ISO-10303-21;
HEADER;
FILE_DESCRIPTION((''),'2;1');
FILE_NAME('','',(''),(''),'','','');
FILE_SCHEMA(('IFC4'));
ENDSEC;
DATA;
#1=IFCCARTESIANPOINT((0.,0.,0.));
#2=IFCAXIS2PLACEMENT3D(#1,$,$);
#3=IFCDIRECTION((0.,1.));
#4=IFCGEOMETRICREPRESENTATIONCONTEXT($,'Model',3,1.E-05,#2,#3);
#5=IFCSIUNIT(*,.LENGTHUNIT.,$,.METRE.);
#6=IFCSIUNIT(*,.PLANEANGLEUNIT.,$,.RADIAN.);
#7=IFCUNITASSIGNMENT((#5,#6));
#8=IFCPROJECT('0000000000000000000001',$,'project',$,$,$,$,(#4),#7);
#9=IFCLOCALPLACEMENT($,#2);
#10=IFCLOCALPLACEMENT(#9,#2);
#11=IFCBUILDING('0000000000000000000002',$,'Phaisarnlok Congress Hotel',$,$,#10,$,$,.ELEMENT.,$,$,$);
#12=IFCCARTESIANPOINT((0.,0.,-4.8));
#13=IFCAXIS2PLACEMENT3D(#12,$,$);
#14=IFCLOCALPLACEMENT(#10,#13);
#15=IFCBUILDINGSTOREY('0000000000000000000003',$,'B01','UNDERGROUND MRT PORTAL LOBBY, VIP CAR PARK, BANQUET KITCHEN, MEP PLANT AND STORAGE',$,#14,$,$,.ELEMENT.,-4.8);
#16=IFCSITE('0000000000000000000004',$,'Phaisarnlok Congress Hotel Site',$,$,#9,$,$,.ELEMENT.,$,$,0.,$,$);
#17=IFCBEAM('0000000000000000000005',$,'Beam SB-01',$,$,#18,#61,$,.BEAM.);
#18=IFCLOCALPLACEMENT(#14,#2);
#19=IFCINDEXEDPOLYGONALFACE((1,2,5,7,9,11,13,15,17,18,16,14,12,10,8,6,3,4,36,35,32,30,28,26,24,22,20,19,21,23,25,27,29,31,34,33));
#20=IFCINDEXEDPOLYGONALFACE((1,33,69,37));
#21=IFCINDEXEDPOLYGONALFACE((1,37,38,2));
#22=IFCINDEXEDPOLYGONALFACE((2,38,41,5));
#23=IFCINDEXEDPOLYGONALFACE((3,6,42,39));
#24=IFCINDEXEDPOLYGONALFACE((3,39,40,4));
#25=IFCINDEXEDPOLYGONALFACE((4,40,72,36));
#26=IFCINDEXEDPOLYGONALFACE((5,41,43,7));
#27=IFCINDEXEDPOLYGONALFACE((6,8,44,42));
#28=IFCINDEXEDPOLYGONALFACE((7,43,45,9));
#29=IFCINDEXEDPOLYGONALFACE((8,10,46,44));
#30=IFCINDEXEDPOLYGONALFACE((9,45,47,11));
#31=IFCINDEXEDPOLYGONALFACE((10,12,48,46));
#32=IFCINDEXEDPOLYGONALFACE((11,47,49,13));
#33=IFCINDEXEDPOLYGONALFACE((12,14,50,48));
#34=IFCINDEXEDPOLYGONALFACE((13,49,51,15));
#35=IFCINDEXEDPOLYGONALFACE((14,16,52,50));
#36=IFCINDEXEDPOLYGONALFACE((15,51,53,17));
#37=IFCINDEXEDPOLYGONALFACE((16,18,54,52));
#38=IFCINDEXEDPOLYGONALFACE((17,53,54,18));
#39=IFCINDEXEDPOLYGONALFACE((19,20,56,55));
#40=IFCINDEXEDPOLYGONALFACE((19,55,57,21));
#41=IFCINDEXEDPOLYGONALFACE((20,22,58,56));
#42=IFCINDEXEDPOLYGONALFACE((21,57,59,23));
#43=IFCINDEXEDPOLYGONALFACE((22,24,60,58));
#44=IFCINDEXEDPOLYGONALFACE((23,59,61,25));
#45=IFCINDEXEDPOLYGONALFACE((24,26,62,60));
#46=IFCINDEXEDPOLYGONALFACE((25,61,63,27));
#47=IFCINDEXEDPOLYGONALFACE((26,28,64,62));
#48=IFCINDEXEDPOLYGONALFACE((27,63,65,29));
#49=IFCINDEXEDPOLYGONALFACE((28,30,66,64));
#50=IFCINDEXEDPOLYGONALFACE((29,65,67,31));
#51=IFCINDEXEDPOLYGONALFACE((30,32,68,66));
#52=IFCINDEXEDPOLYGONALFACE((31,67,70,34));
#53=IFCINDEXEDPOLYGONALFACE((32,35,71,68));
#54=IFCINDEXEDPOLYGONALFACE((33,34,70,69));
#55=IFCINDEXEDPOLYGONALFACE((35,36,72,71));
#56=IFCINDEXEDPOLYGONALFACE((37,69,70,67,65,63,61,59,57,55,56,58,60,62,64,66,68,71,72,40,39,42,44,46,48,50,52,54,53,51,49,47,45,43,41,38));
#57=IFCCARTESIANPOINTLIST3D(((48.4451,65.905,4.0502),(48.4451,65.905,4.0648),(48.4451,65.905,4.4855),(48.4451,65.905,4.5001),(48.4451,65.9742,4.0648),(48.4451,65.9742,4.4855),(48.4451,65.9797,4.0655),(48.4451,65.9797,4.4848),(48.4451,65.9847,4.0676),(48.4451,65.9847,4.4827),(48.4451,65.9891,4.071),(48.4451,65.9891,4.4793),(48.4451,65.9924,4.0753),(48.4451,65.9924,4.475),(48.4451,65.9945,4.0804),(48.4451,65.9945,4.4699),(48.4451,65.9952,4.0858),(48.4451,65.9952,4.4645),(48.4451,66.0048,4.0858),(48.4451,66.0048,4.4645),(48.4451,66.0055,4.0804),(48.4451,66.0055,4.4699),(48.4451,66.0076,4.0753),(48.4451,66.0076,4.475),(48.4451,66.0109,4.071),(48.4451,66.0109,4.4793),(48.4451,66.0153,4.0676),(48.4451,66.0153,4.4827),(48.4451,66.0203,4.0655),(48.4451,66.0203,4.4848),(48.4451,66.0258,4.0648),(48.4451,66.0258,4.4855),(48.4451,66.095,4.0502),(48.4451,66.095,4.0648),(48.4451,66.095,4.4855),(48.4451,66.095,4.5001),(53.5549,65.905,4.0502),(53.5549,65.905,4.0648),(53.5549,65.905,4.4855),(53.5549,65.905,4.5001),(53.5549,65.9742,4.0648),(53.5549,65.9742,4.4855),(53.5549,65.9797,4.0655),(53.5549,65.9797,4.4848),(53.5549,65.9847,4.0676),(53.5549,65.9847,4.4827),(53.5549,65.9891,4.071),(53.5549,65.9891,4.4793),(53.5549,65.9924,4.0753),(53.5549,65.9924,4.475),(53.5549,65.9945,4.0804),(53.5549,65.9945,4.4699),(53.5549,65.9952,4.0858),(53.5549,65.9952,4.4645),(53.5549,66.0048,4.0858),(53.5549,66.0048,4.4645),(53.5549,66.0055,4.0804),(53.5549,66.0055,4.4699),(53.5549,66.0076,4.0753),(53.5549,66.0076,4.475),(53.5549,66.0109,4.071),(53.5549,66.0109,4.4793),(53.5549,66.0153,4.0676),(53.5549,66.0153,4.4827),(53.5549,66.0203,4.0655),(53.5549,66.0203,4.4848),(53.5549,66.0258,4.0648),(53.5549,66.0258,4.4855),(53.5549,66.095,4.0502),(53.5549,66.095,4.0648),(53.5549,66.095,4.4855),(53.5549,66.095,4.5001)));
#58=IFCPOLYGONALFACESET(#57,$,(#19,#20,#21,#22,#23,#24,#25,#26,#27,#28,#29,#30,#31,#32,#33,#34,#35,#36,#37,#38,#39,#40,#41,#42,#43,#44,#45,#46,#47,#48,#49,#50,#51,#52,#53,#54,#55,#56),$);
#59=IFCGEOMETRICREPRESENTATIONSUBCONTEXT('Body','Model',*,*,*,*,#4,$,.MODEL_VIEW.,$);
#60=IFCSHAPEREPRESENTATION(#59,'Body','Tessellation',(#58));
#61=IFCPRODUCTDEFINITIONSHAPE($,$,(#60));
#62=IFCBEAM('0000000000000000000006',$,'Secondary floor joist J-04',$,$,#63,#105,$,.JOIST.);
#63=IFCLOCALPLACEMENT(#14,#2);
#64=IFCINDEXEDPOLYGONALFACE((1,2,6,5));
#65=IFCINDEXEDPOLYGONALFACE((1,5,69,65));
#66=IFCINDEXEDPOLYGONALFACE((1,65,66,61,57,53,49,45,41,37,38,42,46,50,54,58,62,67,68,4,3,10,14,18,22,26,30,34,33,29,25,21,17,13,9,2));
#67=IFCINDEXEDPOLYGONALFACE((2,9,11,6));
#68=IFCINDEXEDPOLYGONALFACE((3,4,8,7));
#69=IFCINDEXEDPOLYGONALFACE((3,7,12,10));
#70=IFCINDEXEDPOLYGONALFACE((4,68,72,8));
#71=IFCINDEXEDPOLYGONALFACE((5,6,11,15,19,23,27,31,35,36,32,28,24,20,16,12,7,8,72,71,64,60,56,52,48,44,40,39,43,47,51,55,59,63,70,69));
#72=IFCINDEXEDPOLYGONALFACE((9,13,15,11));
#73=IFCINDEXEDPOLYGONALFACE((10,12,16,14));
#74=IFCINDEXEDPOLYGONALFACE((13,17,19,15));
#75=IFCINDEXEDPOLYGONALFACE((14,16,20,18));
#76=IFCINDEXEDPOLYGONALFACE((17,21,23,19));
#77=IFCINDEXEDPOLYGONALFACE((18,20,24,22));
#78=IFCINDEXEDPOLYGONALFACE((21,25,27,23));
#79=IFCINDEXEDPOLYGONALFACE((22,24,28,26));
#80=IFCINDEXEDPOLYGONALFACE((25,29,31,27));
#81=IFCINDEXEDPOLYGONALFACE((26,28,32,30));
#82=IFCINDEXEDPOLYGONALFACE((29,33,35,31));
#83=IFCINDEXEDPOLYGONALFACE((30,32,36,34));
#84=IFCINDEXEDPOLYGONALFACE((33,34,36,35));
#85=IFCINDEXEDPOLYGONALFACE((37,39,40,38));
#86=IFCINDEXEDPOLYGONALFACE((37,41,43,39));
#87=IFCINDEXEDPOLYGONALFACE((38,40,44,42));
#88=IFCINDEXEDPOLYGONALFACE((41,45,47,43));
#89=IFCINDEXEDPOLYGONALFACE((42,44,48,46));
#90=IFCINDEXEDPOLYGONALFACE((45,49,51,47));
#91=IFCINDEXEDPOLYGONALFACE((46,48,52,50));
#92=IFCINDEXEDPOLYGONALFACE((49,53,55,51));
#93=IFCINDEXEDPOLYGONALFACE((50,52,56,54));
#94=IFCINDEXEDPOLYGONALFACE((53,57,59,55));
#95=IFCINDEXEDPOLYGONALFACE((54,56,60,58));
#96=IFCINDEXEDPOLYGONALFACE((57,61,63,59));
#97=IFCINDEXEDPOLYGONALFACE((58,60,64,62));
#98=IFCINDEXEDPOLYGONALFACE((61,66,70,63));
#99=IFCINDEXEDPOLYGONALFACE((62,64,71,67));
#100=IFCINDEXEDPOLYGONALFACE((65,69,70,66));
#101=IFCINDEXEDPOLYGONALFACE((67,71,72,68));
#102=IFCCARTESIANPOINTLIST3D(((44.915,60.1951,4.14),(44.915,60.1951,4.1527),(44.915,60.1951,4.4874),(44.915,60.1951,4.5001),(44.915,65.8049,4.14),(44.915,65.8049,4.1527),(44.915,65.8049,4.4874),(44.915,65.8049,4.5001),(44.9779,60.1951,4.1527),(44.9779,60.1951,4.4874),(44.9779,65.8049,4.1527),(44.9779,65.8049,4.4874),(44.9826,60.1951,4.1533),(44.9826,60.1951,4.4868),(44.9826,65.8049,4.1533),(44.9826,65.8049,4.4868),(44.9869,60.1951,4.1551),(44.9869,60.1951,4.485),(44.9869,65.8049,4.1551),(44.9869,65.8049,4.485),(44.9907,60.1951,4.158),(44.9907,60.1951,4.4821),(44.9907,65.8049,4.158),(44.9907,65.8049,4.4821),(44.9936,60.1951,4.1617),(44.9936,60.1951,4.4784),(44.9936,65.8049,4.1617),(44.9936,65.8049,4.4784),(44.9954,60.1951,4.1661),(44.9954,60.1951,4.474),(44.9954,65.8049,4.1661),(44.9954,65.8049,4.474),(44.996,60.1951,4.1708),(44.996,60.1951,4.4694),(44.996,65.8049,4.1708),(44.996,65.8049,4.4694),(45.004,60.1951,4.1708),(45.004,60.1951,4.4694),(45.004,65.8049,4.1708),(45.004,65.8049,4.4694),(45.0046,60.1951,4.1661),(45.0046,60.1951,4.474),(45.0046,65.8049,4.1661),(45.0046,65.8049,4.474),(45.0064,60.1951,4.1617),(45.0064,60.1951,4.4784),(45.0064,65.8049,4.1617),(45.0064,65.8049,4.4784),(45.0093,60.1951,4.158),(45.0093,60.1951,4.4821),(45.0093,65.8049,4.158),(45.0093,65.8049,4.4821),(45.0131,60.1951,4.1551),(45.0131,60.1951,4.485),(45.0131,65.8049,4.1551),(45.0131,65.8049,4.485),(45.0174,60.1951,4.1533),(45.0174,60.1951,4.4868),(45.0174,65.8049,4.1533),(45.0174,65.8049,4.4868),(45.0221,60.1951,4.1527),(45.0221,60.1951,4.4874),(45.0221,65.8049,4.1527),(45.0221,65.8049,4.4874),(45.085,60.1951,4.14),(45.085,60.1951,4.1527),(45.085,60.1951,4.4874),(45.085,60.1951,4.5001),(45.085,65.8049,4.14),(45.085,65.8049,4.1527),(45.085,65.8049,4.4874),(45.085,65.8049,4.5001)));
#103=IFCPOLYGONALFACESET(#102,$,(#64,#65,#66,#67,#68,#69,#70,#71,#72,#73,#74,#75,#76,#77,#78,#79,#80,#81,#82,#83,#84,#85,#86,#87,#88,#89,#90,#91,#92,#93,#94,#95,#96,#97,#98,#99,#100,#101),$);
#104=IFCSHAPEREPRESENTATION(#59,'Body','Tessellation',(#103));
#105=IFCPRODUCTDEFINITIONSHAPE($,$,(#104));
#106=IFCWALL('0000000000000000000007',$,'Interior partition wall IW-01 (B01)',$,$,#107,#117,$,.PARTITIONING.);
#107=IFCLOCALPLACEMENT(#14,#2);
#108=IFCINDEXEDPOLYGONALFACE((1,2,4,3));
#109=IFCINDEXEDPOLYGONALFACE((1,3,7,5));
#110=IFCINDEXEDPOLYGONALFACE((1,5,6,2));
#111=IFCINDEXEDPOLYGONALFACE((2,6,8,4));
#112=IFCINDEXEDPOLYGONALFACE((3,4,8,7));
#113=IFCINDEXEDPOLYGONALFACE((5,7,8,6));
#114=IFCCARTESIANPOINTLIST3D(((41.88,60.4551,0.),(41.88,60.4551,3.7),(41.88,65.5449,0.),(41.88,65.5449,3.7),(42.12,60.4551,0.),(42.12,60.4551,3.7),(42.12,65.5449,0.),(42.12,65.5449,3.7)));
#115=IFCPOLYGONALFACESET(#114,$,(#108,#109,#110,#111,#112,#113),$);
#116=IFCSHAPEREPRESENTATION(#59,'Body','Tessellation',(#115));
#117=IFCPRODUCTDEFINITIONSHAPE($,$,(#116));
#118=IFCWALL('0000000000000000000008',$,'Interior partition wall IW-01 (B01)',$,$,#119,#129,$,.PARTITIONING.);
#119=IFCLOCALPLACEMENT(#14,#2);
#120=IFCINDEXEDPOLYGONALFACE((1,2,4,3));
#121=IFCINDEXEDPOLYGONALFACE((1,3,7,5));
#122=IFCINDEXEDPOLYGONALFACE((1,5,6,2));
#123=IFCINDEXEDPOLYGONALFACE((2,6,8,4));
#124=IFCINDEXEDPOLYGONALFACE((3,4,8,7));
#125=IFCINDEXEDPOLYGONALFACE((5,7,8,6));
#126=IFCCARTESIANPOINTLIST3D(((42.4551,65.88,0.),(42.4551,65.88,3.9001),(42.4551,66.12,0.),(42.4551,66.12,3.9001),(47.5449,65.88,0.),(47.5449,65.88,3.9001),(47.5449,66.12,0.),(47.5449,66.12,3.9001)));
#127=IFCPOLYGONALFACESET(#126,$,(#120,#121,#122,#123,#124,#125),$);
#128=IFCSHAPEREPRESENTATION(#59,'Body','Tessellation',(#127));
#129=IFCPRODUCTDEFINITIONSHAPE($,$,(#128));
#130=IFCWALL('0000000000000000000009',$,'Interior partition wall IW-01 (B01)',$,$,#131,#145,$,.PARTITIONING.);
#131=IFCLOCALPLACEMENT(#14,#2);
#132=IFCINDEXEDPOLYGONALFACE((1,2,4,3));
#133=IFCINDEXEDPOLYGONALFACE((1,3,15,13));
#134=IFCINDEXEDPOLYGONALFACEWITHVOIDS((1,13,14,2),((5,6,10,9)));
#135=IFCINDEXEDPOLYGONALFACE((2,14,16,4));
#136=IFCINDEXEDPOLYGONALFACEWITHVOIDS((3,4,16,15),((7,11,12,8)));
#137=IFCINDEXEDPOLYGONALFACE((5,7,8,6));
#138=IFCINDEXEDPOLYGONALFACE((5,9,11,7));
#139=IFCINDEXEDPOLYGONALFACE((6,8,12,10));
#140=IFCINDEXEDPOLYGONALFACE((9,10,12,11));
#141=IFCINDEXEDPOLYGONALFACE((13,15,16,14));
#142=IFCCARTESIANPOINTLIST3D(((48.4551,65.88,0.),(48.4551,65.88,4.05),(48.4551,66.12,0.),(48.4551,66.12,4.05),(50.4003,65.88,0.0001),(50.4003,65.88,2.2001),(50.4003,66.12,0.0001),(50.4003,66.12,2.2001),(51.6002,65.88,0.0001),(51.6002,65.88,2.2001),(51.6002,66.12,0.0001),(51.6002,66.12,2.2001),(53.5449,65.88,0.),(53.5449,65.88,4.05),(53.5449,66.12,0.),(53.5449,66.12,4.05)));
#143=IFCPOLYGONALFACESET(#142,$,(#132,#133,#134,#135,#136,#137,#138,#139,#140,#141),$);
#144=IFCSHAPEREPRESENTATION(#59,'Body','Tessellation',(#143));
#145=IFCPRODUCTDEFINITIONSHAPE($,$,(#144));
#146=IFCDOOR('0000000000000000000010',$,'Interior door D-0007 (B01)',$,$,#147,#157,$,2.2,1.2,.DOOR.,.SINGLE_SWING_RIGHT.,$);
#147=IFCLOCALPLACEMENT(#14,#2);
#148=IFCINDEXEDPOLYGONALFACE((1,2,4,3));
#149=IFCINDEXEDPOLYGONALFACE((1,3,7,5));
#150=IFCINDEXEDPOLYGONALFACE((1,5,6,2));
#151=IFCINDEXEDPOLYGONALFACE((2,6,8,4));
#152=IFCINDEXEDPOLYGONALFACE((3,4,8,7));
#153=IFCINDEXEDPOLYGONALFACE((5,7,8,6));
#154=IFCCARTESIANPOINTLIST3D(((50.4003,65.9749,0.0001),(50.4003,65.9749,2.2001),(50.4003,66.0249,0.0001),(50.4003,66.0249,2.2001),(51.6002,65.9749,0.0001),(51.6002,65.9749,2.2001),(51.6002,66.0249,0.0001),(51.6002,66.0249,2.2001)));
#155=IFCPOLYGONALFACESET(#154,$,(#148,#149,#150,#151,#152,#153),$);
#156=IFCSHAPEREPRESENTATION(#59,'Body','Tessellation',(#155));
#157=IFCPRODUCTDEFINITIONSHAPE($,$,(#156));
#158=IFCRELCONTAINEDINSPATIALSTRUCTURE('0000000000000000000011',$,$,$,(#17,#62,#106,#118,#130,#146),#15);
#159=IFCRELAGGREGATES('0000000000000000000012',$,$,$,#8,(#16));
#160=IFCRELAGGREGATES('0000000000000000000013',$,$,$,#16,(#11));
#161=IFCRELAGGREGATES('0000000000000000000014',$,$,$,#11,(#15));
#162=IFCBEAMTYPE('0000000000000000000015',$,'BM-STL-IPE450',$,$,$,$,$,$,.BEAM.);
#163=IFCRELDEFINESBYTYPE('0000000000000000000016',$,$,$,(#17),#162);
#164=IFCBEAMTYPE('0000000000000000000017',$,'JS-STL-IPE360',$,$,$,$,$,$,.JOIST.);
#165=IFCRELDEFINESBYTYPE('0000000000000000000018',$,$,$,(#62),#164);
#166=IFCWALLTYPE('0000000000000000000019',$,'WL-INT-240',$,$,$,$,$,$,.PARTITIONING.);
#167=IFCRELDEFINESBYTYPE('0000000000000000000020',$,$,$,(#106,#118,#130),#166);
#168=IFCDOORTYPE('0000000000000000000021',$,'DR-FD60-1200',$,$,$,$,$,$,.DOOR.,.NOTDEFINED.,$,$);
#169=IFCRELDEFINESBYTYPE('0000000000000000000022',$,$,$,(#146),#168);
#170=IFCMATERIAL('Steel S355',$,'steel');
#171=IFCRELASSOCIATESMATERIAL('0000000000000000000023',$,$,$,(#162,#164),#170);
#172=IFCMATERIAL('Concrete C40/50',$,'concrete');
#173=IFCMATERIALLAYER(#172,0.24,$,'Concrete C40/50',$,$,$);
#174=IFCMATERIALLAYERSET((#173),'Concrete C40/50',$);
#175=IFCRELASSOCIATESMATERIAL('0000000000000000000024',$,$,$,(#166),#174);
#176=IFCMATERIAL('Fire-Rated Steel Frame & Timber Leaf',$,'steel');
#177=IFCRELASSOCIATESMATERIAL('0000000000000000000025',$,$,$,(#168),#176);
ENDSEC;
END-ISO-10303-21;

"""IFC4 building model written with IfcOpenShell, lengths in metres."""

from ifc_helpers import new_model, si_unit, direction, frame, frame_2d, origin, origin_2d, place, context, subcontext, project, spatial, rectangle, i_section, extrude, material, layer, layer_set, material_profile, profile_set, type_object, element, fill, save


model = new_model("IFC4")

# Units and contexts
model_context = context("Model", 3, precision=1e-05, world=origin(), true_north=direction((0.0, 1.0)))
body_context = subcontext(model_context, "Body", "Model", "MODEL_VIEW")
ifc_project = project(units=[si_unit("LENGTHUNIT", "METRE"), si_unit("PLANEANGLEUNIT", "RADIAN")], contexts=[model_context])

# Site, building, storey
site_placement = place(None, origin())
site = spatial("IfcSite", under=ifc_project, at=site_placement, Name="Phaisarnlok Congress Hotel Site", CompositionType="ELEMENT", RefElevation=0.0)
building_placement = place(site_placement, origin())
building = spatial("IfcBuilding", under=site, at=building_placement, Name="Phaisarnlok Congress Hotel", CompositionType="ELEMENT")
storey_placement = place(building_placement, frame((0.0, 0.0, -4.8)))
storey = spatial("IfcBuildingStorey", under=building, at=storey_placement, Name="B01", Description="UNDERGROUND MRT PORTAL LOBBY, VIP CAR PARK, BANQUET KITCHEN, MEP PLANT AND STORAGE", CompositionType="ELEMENT", Elevation=-4.8)

# Shared definitions
ifc_material_1 = material(Name="Concrete C40/50", Category="concrete")

# Beams
ifc_material_2 = material(Name="Steel S355", Category="steel")
ifc_material_profile_1 = material_profile(ifc_material_2, i_section(OverallWidth=0.1899, OverallDepth=0.45, WebThickness=0.0095, FlangeThickness=0.0146, FilletRadius=0.021, at=origin_2d()), Name="IPE 450")
ifc_profile_set_1 = profile_set([ifc_material_profile_1], Name="Steel S355")
beam_type_1 = type_object("IfcBeamType", Name="BM-STL-IPE450", PredefinedType="BEAM", material=ifc_profile_set_1)
beam_1_placement = place(storey_placement, frame((48.4451, 66.0, 4.2751), z_axis=(1.0, 0.0, 0.0), x_axis=(0.0, 1.0, 0.0)))
element("IfcBeam", 1, at=beam_1_placement, inside=storey, type_object=beam_type_1, Name="Beam SB-01", PredefinedType="BEAM", context=body_context, shape_type="SweptSolid", body=[
    extrude(i_section(OverallWidth=0.1899, OverallDepth=0.45, WebThickness=0.0095, FlangeThickness=0.0146, FilletRadius=0.021, at=origin_2d()), origin(), (0.0, 0.0, 1.0), 5.1099),
])
ifc_material_profile_2 = material_profile(ifc_material_2, i_section(OverallWidth=0.1699, OverallDepth=0.3601, WebThickness=0.0081, FlangeThickness=0.0127, FilletRadius=0.0181, at=origin_2d()), Name="IPE 360")
ifc_profile_set_2 = profile_set([ifc_material_profile_2], Name="Steel S355")
beam_type_2 = type_object("IfcBeamType", Name="JS-STL-IPE360", PredefinedType="JOIST", material=ifc_profile_set_2)
beam_2_placement = place(storey_placement, frame((45.0, 60.1951, 4.3201), z_axis=(0.0, 1.0, 0.0), x_axis=(-1.0, 0.0, 0.0)))
element("IfcBeam", 2, at=beam_2_placement, inside=storey, type_object=beam_type_2, Name="Secondary floor joist J-04", PredefinedType="JOIST", context=body_context, shape_type="SweptSolid", body=[
    extrude(i_section(OverallWidth=0.1699, OverallDepth=0.3601, WebThickness=0.0081, FlangeThickness=0.0127, FilletRadius=0.0181, at=origin_2d()), origin(), (0.0, 0.0, 1.0), 5.6099),
])

# Walls
ifc_layer = layer(ifc_material_1, 0.24, Name="Concrete C40/50")
ifc_layer_set = layer_set([ifc_layer], Name="Concrete C40/50")
wall_type = type_object("IfcWallType", Name="WL-INT-240", PredefinedType="PARTITIONING", material=ifc_layer_set)
wall_1_placement = place(storey_placement, frame((42.0, 60.4551, 0.0), z_axis=(0.0, 0.0, 1.0), x_axis=(0.0, 1.0, 0.0)))
element("IfcWall", 3, at=wall_1_placement, inside=storey, type_object=wall_type, Name="Interior partition wall IW-01 (B01)", PredefinedType="PARTITIONING", context=body_context, shape_type="SweptSolid", body=[
    extrude(rectangle(XDim=5.0898, YDim=0.24, at=frame_2d((2.5449, 0.0))), origin(), (0.0, 0.0, 1.0), 3.7),
])
wall_2_placement = place(storey_placement, frame((42.4551, 66.0, 0.0), z_axis=(0.0, 0.0, 1.0), x_axis=(1.0, 0.0, 0.0)))
element("IfcWall", 4, at=wall_2_placement, inside=storey, type_object=wall_type, Name="Interior partition wall IW-01 (B01)", PredefinedType="PARTITIONING", context=body_context, shape_type="SweptSolid", body=[
    extrude(rectangle(XDim=5.0898, YDim=0.24, at=frame_2d((2.5449, 0.0))), origin(), (0.0, 0.0, 1.0), 3.9001),
])

# Wall, opening, door
wall_3_placement = place(storey_placement, frame((48.4551, 66.0, 0.0), z_axis=(0.0, 0.0, 1.0), x_axis=(1.0, 0.0, 0.0)))
wall_3 = element("IfcWall", 5, at=wall_3_placement, inside=storey, type_object=wall_type, Name="Interior partition wall IW-01 (B01)", PredefinedType="PARTITIONING", context=body_context, shape_type="SweptSolid", body=[
    extrude(rectangle(XDim=5.0898, YDim=0.24, at=frame_2d((2.5449, 0.0))), origin(), (0.0, 0.0, 1.0), 4.05),
])
opening_placement = place(wall_3_placement, frame((1.9451, 0.0, 0.0)))
opening = element("IfcOpeningElement", 6, at=opening_placement, cuts=wall_3, PredefinedType="OPENING", context=body_context, shape_type="SweptSolid", body=[
    extrude(rectangle(XDim=1.2, YDim=2.2, at=frame_2d((0.6001, 1.1001))), frame((0.0, 0.1299, 0.0), z_axis=(0.0, -1.0, 0.0), x_axis=(1.0, 0.0, 0.0)), (0.0, 0.0, 1.0), 0.26),
])
ifc_material_3 = material(Name="Fire-Rated Steel Frame & Timber Leaf", Category="steel")
door_type = type_object("IfcDoorType", Name="DR-FD60-1200", OperationType="NOTDEFINED", PredefinedType="DOOR", material=ifc_material_3)
door_placement = place(opening_placement, origin())
door = element("IfcDoor", 7, at=door_placement, inside=storey, type_object=door_type, Name="Interior door D-0007 (B01)", OperationType="SINGLE_SWING_RIGHT", OverallHeight=2.2, OverallWidth=1.2, PredefinedType="DOOR", context=body_context, shape_type="SweptSolid", body=[
    extrude(rectangle(XDim=1.2, YDim=2.2, at=frame_2d((0.6001, 1.1001))), frame((0.0, 0.0249, 0.0), z_axis=(0.0, -1.0, 0.0), x_axis=(1.0, 0.0, 0.0)), (0.0, 0.0, 1.0), 0.05),
])
fill(opening, door)

save(model, "model.ifc")
